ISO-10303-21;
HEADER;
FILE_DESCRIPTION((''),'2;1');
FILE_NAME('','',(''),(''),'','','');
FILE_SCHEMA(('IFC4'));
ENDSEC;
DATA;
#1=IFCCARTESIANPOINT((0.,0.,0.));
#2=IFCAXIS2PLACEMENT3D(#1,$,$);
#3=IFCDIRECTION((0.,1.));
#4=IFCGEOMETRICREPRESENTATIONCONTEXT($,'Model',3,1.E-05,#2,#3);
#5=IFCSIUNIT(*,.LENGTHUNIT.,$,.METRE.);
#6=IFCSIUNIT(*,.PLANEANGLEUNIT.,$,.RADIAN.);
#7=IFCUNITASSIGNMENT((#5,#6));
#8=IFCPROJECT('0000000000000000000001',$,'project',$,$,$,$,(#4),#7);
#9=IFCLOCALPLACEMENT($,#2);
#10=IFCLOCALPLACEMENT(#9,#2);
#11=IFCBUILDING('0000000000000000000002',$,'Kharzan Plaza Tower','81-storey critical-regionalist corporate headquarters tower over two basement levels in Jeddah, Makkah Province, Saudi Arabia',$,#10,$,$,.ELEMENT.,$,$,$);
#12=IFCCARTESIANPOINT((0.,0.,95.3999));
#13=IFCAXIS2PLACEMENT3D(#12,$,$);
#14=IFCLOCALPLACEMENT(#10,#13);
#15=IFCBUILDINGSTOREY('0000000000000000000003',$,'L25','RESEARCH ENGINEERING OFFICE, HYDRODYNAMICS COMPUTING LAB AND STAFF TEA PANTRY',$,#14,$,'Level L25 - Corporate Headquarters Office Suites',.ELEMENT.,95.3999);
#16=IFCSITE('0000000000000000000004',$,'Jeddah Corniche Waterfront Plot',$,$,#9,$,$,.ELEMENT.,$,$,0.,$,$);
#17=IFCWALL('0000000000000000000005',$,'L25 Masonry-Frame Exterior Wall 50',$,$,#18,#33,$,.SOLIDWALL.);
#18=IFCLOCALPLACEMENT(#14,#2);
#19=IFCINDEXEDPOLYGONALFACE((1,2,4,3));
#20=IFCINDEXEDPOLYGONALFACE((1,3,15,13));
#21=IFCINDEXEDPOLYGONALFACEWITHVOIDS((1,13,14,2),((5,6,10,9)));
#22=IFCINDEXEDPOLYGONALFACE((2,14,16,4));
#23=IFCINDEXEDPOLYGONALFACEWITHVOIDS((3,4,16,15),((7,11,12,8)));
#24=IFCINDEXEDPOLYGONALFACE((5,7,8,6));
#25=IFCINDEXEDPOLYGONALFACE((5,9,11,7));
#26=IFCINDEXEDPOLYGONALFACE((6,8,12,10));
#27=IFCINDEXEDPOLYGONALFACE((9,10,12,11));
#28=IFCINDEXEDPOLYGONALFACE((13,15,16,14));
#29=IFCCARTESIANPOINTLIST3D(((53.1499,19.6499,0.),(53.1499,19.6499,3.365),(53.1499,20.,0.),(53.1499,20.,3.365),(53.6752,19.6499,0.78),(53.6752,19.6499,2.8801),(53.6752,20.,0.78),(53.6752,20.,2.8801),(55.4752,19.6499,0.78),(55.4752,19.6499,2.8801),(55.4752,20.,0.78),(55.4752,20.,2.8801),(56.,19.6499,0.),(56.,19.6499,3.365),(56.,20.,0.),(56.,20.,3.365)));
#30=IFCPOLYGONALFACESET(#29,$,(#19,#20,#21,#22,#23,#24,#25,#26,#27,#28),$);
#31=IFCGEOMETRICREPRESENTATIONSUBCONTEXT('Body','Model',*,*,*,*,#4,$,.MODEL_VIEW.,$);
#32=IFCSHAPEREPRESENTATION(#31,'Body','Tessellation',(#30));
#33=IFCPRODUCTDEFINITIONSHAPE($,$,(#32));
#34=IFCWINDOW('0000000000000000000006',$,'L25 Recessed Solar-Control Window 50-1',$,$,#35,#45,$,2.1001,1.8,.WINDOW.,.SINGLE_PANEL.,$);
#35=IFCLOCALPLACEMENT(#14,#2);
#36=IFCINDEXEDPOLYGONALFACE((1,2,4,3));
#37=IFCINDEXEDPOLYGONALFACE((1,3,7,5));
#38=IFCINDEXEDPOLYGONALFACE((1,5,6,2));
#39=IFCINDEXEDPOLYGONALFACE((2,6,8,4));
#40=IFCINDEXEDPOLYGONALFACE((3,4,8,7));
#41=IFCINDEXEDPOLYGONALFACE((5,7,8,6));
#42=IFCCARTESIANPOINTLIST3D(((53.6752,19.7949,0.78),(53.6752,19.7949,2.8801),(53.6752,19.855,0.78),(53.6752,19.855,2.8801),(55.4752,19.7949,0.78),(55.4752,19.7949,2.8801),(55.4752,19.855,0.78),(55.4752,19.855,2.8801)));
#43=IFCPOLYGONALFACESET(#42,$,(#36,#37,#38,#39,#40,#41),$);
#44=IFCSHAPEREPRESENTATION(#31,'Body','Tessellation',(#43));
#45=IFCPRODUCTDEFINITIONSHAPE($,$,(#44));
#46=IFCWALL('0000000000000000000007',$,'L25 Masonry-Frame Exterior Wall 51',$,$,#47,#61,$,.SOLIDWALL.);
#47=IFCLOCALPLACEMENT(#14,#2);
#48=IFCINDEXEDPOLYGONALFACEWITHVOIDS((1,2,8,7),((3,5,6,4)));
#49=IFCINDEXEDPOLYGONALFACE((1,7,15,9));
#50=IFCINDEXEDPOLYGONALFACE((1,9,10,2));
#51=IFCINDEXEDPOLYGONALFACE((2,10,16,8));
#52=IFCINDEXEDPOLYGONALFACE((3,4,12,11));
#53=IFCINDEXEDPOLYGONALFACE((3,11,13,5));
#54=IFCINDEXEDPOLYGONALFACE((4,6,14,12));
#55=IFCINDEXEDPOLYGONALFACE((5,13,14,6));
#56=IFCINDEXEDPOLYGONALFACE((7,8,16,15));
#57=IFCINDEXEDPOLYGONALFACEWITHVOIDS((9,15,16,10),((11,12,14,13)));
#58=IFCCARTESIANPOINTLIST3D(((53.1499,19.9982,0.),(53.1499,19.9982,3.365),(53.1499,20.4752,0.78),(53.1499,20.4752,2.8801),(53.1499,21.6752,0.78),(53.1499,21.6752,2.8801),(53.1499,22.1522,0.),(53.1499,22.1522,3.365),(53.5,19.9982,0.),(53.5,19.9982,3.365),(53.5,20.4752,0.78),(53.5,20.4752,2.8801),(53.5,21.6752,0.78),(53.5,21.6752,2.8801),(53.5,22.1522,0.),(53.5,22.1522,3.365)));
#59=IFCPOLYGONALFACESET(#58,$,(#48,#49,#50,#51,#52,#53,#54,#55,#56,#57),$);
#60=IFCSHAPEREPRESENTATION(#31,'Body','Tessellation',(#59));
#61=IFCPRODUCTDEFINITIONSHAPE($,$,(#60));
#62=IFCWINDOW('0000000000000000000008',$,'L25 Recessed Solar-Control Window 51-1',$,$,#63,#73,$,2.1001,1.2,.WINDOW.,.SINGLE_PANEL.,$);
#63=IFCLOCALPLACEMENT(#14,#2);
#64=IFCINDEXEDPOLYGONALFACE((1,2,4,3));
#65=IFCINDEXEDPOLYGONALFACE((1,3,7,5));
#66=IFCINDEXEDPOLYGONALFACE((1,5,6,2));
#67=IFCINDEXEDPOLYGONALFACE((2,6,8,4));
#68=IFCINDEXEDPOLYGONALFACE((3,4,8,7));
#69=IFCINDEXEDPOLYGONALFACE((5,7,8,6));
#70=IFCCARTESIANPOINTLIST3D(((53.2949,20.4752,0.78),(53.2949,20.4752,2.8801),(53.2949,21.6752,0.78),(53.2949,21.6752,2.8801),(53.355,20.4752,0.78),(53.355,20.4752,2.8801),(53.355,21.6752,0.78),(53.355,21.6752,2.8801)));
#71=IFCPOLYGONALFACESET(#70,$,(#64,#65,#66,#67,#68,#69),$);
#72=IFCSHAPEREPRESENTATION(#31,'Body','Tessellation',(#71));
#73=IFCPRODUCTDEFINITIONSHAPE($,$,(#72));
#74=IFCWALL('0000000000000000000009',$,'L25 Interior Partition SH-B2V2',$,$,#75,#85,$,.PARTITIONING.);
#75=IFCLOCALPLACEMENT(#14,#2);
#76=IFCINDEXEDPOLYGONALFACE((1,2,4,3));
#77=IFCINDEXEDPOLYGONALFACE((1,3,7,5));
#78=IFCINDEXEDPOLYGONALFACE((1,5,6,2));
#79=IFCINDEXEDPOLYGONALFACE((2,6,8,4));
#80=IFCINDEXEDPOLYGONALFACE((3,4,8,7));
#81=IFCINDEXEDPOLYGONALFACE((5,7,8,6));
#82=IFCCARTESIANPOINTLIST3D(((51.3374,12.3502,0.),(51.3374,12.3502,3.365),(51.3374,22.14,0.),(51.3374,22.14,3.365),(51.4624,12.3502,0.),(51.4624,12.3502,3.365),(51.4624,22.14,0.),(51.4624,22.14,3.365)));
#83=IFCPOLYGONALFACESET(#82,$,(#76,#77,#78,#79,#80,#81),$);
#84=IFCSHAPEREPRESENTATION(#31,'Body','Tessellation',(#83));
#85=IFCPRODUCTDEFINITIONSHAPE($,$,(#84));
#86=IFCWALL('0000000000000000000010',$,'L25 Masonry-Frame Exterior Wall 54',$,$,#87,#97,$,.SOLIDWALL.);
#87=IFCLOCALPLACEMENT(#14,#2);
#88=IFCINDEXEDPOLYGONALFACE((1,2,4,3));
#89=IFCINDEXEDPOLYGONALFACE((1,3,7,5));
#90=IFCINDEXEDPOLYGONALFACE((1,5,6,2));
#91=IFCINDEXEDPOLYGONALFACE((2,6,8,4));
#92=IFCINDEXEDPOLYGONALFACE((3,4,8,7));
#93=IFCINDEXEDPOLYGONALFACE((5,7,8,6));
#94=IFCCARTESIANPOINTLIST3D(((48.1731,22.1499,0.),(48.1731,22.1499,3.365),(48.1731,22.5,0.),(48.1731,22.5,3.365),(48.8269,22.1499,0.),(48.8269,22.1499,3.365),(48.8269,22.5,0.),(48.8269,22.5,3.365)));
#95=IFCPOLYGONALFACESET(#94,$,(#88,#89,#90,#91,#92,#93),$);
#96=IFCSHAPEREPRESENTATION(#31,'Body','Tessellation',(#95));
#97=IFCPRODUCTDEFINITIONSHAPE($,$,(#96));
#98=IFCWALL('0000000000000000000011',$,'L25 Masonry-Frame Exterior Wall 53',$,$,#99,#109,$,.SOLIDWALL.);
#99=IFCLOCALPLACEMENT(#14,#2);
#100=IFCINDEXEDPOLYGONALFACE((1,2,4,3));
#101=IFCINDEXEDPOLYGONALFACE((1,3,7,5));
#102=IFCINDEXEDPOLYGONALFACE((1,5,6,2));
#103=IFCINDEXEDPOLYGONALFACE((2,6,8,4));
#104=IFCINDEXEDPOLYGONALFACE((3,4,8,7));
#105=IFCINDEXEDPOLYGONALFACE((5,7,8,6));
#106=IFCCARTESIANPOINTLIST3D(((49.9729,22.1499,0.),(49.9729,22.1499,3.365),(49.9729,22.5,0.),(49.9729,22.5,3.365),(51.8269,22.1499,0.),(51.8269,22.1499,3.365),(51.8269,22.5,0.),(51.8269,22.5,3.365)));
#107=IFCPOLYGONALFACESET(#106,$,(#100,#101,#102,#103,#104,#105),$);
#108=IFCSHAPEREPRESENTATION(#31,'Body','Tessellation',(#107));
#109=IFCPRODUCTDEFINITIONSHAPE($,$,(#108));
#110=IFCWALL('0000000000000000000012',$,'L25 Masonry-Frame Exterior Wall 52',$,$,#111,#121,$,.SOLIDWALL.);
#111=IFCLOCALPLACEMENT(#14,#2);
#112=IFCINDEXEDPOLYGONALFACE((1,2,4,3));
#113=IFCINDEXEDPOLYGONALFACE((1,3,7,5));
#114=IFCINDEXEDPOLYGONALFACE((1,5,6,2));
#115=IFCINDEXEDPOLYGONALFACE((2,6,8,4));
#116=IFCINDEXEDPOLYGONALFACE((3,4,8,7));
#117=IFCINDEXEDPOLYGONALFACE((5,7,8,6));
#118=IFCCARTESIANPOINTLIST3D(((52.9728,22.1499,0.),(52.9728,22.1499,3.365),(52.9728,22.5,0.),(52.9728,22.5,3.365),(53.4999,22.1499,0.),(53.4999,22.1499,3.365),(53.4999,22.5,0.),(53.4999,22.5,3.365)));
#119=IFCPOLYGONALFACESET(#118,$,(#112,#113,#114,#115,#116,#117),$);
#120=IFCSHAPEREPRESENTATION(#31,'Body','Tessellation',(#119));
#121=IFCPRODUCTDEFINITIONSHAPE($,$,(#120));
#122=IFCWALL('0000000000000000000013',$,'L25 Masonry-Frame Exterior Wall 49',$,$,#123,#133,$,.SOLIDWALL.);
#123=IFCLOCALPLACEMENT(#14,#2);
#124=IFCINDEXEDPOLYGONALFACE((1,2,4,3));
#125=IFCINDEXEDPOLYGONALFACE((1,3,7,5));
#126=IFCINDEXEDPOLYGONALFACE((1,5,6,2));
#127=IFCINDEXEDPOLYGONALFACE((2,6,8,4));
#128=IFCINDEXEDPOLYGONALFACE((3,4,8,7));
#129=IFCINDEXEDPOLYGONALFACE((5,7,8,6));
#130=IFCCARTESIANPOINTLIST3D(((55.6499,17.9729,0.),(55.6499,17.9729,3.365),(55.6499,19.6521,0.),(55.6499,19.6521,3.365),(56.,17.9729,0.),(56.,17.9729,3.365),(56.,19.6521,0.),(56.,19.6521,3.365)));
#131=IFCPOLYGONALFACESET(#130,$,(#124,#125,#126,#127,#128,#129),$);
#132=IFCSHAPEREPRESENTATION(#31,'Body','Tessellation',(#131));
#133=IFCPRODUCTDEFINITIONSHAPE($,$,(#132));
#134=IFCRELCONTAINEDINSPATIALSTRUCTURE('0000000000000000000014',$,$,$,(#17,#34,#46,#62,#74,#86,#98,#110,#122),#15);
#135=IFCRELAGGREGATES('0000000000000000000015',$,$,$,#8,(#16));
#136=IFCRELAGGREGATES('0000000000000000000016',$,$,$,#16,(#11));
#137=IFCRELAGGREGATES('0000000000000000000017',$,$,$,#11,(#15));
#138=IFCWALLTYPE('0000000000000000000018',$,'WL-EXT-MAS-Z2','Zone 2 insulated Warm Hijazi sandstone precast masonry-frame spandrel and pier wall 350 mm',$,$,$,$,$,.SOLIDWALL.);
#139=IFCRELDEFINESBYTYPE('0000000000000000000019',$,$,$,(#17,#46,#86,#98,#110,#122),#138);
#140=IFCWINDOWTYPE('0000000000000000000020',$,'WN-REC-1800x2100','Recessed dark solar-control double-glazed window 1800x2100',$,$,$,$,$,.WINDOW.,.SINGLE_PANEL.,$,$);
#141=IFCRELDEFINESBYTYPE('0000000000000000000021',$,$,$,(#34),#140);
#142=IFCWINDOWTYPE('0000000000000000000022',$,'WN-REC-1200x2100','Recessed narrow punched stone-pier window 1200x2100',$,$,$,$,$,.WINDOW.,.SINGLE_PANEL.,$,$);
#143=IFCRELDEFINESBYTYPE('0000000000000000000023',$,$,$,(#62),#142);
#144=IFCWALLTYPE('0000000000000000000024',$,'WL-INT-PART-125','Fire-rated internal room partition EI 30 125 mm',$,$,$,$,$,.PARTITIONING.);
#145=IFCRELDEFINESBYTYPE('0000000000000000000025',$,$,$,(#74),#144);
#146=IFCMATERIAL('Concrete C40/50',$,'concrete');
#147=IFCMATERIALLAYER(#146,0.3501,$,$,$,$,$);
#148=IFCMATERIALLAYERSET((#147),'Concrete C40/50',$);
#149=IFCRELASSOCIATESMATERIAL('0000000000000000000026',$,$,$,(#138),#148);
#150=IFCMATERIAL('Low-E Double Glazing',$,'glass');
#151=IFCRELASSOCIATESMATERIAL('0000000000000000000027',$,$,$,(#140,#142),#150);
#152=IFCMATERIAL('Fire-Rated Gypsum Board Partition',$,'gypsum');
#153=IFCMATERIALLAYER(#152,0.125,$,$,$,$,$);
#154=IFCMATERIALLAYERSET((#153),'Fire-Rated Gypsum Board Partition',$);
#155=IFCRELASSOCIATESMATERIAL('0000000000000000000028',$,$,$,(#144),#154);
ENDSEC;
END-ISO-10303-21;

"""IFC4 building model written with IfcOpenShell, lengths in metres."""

from ifc_helpers import new_model, si_unit, direction, frame, frame_2d, origin, place, context, subcontext, project, spatial, rectangle, extrude, source, transform, mapped, material, layer, layer_set, type_object, element, fill, save


model = new_model("IFC4")

# Units and contexts
model_context = context("Model", 3, precision=1e-05, world=origin(), true_north=direction((0.0, 1.0)))
body_context = subcontext(model_context, "Body", "Model", "MODEL_VIEW")
ifc_project = project(units=[si_unit("LENGTHUNIT", "METRE"), si_unit("PLANEANGLEUNIT", "RADIAN")], contexts=[model_context])

# Site, building, storey
site_placement = place(None, origin())
site = spatial("IfcSite", under=ifc_project, at=site_placement, Name="Jeddah Corniche Waterfront Plot", CompositionType="ELEMENT", RefElevation=0.0)
building_placement = place(site_placement, origin())
building = spatial("IfcBuilding", under=site, at=building_placement, Name="Kharzan Plaza Tower", Description="81-storey critical-regionalist corporate headquarters tower over two basement levels in Jeddah, Makkah Province, Saudi Arabia", CompositionType="ELEMENT")
storey_placement = place(building_placement, frame((0.0, 0.0, 95.3999)))
storey = spatial("IfcBuildingStorey", under=building, at=storey_placement, Name="L25", Description="RESEARCH ENGINEERING OFFICE, HYDRODYNAMICS COMPUTING LAB AND STAFF TEA PANTRY", LongName="Level L25 - Corporate Headquarters Office Suites", CompositionType="ELEMENT", Elevation=95.3999)

# Walls, openings, windows
ifc_material_1 = material(Name="Concrete C40/50", Category="concrete")
ifc_layer_1 = layer(ifc_material_1, 0.3501)
ifc_layer_set_1 = layer_set([ifc_layer_1], Name="Concrete C40/50")
wall_type_1 = type_object("IfcWallType", Name="WL-EXT-MAS-Z2", Description="Zone 2 insulated Warm Hijazi sandstone precast masonry-frame spandrel and pier wall 350 mm", PredefinedType="SOLIDWALL", material=ifc_layer_set_1)
ifc_material_2 = material(Name="Low-E Double Glazing", Category="glass")
window_type_1 = type_object("IfcWindowType", Name="WN-REC-1800x2100", Description="Recessed dark solar-control double-glazed window 1800x2100", PartitioningType="SINGLE_PANEL", PredefinedType="WINDOW", material=ifc_material_2)
shared_shape_1 = source(origin(), body_context, "Body", "SweptSolid", [
    extrude(rectangle(XDim=1.8, YDim=2.1001, at=frame_2d((0.8999, 1.05))), frame((0.0, 0.03, 0.0), z_axis=(0.0, -1.0, 0.0), x_axis=(1.0, 0.0, 0.0)), (0.0, 0.0, 1.0), 0.0601),
])
wall_1_placement = place(storey_placement, frame((56.0, 19.825, 0.0), z_axis=(0.0, 0.0, 1.0), x_axis=(-1.0, 0.0, 0.0)))
wall_1 = element("IfcWall", 1, at=wall_1_placement, inside=storey, type_object=wall_type_1, Name="L25 Masonry-Frame Exterior Wall 50", PredefinedType="SOLIDWALL", context=body_context, shape_type="SweptSolid", body=[
    extrude(rectangle(XDim=2.8501, YDim=0.3501, at=frame_2d((1.425, 0.0))), origin(), (0.0, 0.0, 1.0), 3.365),
])
opening_1_placement = place(wall_1_placement, frame((0.5249, 0.0, 0.78)))
opening_1 = element("IfcOpeningElement", 2, at=opening_1_placement, cuts=wall_1, PredefinedType="OPENING", context=body_context, shape_type="SweptSolid", body=[
    extrude(rectangle(XDim=1.8, YDim=2.1001, at=frame_2d((0.8999, 1.05))), frame((0.0, 0.1851, 0.0), z_axis=(0.0, -1.0, 0.0), x_axis=(1.0, 0.0, 0.0)), (0.0, 0.0, 1.0), 0.3701),
])
window_1_placement = place(opening_1_placement, origin())
window_1 = element("IfcWindow", 3, at=window_1_placement, inside=storey, type_object=window_type_1, Name="L25 Recessed Solar-Control Window 50-1", OverallHeight=2.1001, OverallWidth=1.8, PartitioningType="SINGLE_PANEL", PredefinedType="WINDOW", context=body_context, shape_type="MappedRepresentation", body=[
    mapped(shared_shape_1, transform((0.0, 0.0, 0.0), x_axis=(1.0, 0.0, 0.0), y_axis=(0.0, 1.0, 0.0), z_axis=(0.0, 0.0, 1.0))),
])
fill(opening_1, window_1)
wall_2_placement = place(storey_placement, frame((53.325, 19.998, 0.0), z_axis=(0.0, 0.0, 1.0), x_axis=(0.0, 1.0, 0.0)))
wall_2 = element("IfcWall", 4, at=wall_2_placement, inside=storey, type_object=wall_type_1, Name="L25 Masonry-Frame Exterior Wall 51", PredefinedType="SOLIDWALL", context=body_context, shape_type="SweptSolid", body=[
    extrude(rectangle(XDim=2.1541, YDim=0.3501, at=frame_2d((1.0771, 0.0))), origin(), (0.0, 0.0, 1.0), 3.365),
])
opening_2_placement = place(wall_2_placement, frame((0.4771, 0.0, 0.78)))
opening_2 = element("IfcOpeningElement", 5, at=opening_2_placement, cuts=wall_2, PredefinedType="OPENING", context=body_context, shape_type="SweptSolid", body=[
    extrude(rectangle(XDim=1.2, YDim=2.1001, at=frame_2d((0.6001, 1.05))), frame((0.0, 0.1851, 0.0), z_axis=(0.0, -1.0, 0.0), x_axis=(1.0, 0.0, 0.0)), (0.0, 0.0, 1.0), 0.3701),
])
window_type_2 = type_object("IfcWindowType", Name="WN-REC-1200x2100", Description="Recessed narrow punched stone-pier window 1200x2100", PartitioningType="SINGLE_PANEL", PredefinedType="WINDOW", material=ifc_material_2)
shared_shape_2 = source(origin(), body_context, "Body", "SweptSolid", [
    extrude(rectangle(XDim=1.2, YDim=2.1001, at=frame_2d((0.6001, 1.05))), frame((0.0, 0.03, 0.0), z_axis=(0.0, -1.0, 0.0), x_axis=(1.0, 0.0, 0.0)), (0.0, 0.0, 1.0), 0.0601),
])
window_2_placement = place(opening_2_placement, origin())
window_2 = element("IfcWindow", 6, at=window_2_placement, inside=storey, type_object=window_type_2, Name="L25 Recessed Solar-Control Window 51-1", OverallHeight=2.1001, OverallWidth=1.2, PartitioningType="SINGLE_PANEL", PredefinedType="WINDOW", context=body_context, shape_type="MappedRepresentation", body=[
    mapped(shared_shape_2, transform((0.0, 0.0, 0.0), x_axis=(1.0, 0.0, 0.0), y_axis=(0.0, 1.0, 0.0), z_axis=(0.0, 0.0, 1.0))),
])
fill(opening_2, window_2)

# Walls
ifc_material_3 = material(Name="Fire-Rated Gypsum Board Partition", Category="gypsum")
ifc_layer_2 = layer(ifc_material_3, 0.125)
ifc_layer_set_2 = layer_set([ifc_layer_2], Name="Fire-Rated Gypsum Board Partition")
wall_type_2 = type_object("IfcWallType", Name="WL-INT-PART-125", Description="Fire-rated internal room partition EI 30 125 mm", PredefinedType="PARTITIONING", material=ifc_layer_set_2)
shared_shape_3 = source(origin(), body_context, "Body", "SweptSolid", [
    extrude(rectangle(XDim=9.7898, YDim=0.125, at=frame_2d((4.895, 0.0))), origin(), (0.0, 0.0, 1.0), 3.365),
])
wall_3_placement = place(storey_placement, frame((51.3999, 12.3501, 0.0), z_axis=(0.0, 0.0, 1.0), x_axis=(0.0, 1.0, 0.0)))
element("IfcWall", 7, at=wall_3_placement, inside=storey, type_object=wall_type_2, Name="L25 Interior Partition SH-B2V2", PredefinedType="PARTITIONING", context=body_context, shape_type="MappedRepresentation", body=[
    mapped(shared_shape_3, transform((0.0, 0.0, 0.0), x_axis=(1.0, 0.0, 0.0), y_axis=(0.0, 1.0, 0.0), z_axis=(0.0, 0.0, 1.0))),
])
shared_shape_4 = source(origin(), body_context, "Body", "SweptSolid", [
    extrude(rectangle(XDim=0.6538, YDim=0.3501, at=frame_2d((0.3269, 0.0))), origin(), (0.0, 0.0, 1.0), 3.365),
])
wall_4_placement = place(storey_placement, frame((48.8269, 22.325, 0.0), z_axis=(0.0, 0.0, 1.0), x_axis=(-1.0, 0.0, 0.0)))
element("IfcWall", 8, at=wall_4_placement, inside=storey, type_object=wall_type_1, Name="L25 Masonry-Frame Exterior Wall 54", PredefinedType="SOLIDWALL", context=body_context, shape_type="MappedRepresentation", body=[
    mapped(shared_shape_4, transform((0.0, 0.0, 0.0), x_axis=(1.0, 0.0, 0.0), y_axis=(0.0, 1.0, 0.0), z_axis=(0.0, 0.0, 1.0))),
])
shared_shape_5 = source(origin(), body_context, "Body", "SweptSolid", [
    extrude(rectangle(XDim=1.854, YDim=0.3501, at=frame_2d((0.927, 0.0))), origin(), (0.0, 0.0, 1.0), 3.365),
])
wall_5_placement = place(storey_placement, frame((51.8269, 22.325, 0.0), z_axis=(0.0, 0.0, 1.0), x_axis=(-1.0, 0.0, 0.0)))
element("IfcWall", 9, at=wall_5_placement, inside=storey, type_object=wall_type_1, Name="L25 Masonry-Frame Exterior Wall 53", PredefinedType="SOLIDWALL", context=body_context, shape_type="MappedRepresentation", body=[
    mapped(shared_shape_5, transform((0.0, 0.0, 0.0), x_axis=(1.0, 0.0, 0.0), y_axis=(0.0, 1.0, 0.0), z_axis=(0.0, 0.0, 1.0))),
])
shared_shape_6 = source(origin(), body_context, "Body", "SweptSolid", [
    extrude(rectangle(XDim=0.5271, YDim=0.3501, at=frame_2d((0.2637, 0.0))), origin(), (0.0, 0.0, 1.0), 3.365),
])
wall_6_placement = place(storey_placement, frame((53.5, 22.325, 0.0), z_axis=(0.0, 0.0, 1.0), x_axis=(-1.0, 0.0, 0.0)))
element("IfcWall", 10, at=wall_6_placement, inside=storey, type_object=wall_type_1, Name="L25 Masonry-Frame Exterior Wall 52", PredefinedType="SOLIDWALL", context=body_context, shape_type="MappedRepresentation", body=[
    mapped(shared_shape_6, transform((0.0, 0.0, 0.0), x_axis=(1.0, 0.0, 0.0), y_axis=(0.0, 1.0, 0.0), z_axis=(0.0, 0.0, 1.0))),
])
shared_shape_7 = source(origin(), body_context, "Body", "SweptSolid", [
    extrude(rectangle(XDim=1.6792, YDim=0.3501, at=frame_2d((0.8396, 0.0))), origin(), (0.0, 0.0, 1.0), 3.365),
])
wall_7_placement = place(storey_placement, frame((55.825, 17.9729, 0.0), z_axis=(0.0, 0.0, 1.0), x_axis=(0.0, 1.0, 0.0)))
element("IfcWall", 11, at=wall_7_placement, inside=storey, type_object=wall_type_1, Name="L25 Masonry-Frame Exterior Wall 49", PredefinedType="SOLIDWALL", context=body_context, shape_type="MappedRepresentation", body=[
    mapped(shared_shape_7, transform((0.0, 0.0, 0.0), x_axis=(1.0, 0.0, 0.0), y_axis=(0.0, 1.0, 0.0), z_axis=(0.0, 0.0, 1.0))),
])

save(model, "model.ifc")
